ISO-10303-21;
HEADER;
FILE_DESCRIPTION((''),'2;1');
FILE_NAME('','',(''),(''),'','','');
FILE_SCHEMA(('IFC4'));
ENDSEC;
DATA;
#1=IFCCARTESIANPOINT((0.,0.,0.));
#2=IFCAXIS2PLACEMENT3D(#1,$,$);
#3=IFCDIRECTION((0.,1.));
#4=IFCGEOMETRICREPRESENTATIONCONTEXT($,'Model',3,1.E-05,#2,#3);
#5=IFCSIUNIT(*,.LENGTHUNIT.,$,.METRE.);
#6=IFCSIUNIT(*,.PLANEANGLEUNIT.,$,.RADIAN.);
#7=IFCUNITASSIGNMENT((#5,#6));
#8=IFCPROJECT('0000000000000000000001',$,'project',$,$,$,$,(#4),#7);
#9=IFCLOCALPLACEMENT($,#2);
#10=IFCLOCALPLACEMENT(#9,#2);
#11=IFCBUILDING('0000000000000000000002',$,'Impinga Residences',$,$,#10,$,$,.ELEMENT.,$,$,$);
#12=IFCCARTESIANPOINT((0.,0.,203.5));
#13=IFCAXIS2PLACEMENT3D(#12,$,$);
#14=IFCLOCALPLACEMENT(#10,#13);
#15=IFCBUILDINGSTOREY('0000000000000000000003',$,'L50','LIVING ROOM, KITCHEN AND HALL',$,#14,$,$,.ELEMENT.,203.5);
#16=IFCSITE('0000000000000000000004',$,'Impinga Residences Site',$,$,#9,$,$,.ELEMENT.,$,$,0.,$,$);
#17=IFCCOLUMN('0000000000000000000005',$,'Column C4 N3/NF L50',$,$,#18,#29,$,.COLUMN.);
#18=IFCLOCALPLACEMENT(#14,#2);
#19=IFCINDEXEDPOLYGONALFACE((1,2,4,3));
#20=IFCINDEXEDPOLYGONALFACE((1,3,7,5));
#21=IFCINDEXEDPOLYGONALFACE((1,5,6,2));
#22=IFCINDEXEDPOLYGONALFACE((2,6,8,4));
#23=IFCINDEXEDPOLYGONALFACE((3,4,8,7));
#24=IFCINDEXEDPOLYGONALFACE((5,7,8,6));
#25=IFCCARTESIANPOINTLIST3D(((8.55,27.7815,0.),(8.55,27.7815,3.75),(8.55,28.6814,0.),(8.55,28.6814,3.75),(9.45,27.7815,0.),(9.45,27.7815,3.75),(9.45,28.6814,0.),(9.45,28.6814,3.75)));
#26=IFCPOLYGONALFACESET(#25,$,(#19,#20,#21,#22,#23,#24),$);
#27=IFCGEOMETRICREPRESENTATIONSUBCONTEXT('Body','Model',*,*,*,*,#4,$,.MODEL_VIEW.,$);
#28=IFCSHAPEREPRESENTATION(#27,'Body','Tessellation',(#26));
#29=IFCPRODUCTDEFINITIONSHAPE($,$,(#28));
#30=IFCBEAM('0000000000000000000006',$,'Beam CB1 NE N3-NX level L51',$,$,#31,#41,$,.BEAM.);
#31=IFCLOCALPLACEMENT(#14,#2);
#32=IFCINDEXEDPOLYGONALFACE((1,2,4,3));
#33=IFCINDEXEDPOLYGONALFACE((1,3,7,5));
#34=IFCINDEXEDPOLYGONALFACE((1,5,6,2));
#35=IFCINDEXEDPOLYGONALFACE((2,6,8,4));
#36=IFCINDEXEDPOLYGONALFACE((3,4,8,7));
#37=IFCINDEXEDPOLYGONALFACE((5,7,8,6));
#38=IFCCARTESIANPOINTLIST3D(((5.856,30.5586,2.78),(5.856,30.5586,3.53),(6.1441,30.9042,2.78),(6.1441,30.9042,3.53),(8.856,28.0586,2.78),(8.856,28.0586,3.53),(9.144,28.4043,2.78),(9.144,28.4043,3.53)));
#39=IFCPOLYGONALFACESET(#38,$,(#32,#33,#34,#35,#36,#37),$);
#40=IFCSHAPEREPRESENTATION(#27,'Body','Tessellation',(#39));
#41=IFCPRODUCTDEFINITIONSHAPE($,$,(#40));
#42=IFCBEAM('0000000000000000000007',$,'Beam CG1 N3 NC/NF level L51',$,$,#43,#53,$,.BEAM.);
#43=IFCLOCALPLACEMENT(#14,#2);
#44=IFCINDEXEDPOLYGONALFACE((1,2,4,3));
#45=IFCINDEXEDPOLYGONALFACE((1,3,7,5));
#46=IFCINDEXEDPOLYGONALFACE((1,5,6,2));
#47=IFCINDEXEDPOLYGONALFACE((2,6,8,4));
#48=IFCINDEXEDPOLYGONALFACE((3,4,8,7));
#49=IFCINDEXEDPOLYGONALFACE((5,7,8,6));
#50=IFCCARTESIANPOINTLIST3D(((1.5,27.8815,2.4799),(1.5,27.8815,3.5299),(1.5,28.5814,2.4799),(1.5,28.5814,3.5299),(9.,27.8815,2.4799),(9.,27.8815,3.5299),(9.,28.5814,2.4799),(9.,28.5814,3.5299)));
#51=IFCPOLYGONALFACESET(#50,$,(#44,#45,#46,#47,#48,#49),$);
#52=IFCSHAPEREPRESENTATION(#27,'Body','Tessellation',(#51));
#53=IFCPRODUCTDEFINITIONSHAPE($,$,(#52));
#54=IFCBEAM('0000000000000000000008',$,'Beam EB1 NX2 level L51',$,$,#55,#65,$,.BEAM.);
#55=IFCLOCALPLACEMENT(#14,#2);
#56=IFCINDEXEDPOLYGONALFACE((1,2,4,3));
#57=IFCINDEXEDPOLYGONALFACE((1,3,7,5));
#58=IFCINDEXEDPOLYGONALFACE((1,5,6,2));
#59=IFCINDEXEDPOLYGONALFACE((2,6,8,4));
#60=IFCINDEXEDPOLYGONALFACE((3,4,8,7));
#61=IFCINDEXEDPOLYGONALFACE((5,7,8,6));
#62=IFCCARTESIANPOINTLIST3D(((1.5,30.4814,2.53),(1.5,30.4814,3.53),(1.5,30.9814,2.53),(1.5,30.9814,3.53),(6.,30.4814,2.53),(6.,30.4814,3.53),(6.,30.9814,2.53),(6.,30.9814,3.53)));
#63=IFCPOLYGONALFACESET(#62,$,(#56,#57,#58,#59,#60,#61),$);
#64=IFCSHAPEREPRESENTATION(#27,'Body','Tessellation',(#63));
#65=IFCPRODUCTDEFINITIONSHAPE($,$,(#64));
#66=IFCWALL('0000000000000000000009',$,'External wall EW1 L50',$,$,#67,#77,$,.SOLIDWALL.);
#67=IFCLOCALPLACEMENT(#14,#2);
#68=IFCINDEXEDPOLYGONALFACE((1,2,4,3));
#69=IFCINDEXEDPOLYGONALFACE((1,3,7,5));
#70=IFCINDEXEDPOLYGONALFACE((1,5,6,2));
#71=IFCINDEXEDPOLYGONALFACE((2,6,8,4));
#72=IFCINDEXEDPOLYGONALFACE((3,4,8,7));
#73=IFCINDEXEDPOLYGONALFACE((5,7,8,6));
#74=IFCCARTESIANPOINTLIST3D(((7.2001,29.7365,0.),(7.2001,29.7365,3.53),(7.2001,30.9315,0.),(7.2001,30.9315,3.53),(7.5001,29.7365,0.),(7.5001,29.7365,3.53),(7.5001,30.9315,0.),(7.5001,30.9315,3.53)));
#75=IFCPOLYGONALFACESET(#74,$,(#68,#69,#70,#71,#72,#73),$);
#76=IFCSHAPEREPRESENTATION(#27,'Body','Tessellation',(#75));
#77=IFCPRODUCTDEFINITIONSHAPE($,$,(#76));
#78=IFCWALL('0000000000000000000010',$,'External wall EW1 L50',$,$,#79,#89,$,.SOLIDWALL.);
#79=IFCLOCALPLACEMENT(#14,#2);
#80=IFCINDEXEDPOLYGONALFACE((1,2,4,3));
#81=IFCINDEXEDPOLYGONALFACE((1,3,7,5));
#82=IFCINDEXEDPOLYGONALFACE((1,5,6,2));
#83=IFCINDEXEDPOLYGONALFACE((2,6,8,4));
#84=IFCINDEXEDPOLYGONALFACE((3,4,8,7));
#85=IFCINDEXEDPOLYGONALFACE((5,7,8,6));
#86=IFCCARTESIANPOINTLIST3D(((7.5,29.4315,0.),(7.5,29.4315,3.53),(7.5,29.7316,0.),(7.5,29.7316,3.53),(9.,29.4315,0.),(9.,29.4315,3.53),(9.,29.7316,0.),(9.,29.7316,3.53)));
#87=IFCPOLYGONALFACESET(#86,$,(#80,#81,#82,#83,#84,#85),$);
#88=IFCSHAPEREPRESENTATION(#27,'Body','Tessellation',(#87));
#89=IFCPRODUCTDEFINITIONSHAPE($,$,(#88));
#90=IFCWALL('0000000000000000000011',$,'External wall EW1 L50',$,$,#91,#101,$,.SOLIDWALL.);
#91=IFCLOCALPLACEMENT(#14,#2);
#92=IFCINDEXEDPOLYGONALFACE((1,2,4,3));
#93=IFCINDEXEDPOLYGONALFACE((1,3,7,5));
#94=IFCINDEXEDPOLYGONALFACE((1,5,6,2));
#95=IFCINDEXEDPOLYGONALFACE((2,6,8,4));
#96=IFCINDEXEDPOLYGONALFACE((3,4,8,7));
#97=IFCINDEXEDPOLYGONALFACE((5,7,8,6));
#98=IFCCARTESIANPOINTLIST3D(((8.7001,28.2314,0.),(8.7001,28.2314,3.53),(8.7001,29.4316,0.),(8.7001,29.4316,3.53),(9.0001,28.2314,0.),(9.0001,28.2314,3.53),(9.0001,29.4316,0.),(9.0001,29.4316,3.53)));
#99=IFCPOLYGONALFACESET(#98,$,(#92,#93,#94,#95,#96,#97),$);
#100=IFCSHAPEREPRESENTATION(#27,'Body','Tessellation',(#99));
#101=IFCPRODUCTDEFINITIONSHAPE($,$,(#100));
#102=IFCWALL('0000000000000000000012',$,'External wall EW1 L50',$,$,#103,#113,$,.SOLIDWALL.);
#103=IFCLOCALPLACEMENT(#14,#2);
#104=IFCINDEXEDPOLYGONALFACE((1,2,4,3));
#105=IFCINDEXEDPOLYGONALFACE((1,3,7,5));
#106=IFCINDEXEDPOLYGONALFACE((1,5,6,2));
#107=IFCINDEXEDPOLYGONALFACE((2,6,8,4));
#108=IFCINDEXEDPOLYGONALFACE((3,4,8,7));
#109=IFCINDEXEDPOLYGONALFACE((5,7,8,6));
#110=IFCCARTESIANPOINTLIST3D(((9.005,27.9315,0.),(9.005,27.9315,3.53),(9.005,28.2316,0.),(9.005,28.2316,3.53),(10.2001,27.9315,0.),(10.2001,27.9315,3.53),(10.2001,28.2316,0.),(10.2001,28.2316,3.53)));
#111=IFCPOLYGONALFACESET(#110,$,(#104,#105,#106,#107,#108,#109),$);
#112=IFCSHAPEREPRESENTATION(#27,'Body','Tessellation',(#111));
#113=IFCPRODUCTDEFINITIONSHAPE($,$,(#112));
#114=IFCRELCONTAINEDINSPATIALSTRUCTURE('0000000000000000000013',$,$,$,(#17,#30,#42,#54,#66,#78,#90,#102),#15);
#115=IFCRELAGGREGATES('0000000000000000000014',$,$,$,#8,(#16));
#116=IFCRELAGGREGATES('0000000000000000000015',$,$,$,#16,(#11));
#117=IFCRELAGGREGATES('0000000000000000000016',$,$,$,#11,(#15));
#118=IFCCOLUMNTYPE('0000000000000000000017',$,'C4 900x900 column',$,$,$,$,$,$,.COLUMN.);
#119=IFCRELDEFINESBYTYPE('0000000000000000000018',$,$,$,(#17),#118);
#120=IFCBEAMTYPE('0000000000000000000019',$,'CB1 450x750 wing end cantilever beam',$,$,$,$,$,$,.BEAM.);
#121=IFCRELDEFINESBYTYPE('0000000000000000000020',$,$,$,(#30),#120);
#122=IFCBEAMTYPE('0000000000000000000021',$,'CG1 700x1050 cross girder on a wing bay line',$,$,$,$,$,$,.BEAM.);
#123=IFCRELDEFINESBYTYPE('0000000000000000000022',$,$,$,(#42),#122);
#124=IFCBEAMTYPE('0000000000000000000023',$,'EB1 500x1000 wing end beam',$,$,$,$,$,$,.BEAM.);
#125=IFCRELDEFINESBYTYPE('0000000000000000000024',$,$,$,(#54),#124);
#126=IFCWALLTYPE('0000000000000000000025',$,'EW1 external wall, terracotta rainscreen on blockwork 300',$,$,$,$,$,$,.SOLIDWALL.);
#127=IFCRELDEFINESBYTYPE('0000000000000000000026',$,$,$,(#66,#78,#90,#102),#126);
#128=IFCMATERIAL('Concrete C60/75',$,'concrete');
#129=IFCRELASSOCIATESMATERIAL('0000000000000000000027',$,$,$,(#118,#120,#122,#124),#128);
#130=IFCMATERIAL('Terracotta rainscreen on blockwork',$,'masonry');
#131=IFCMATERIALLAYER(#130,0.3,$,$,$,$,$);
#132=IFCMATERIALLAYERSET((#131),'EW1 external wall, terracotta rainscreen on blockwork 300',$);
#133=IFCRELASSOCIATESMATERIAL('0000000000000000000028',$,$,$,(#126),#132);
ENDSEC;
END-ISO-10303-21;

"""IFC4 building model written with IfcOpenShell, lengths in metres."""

from ifc_helpers import new_model, si_unit, direction, frame, frame_2d, origin, origin_2d, place, context, subcontext, project, spatial, rectangle, extrude, material, layer, layer_set, material_profile, profile_set, type_object, element, save


model = new_model("IFC4")

# Units and contexts
model_context = context("Model", 3, precision=1e-05, world=origin(), true_north=direction((0.0, 1.0)))
body_context = subcontext(model_context, "Body", "Model", "MODEL_VIEW")
ifc_project = project(units=[si_unit("LENGTHUNIT", "METRE"), si_unit("PLANEANGLEUNIT", "RADIAN")], contexts=[model_context])

# Site, building, storey
site_placement = place(None, origin())
site = spatial("IfcSite", under=ifc_project, at=site_placement, Name="Impinga Residences Site", CompositionType="ELEMENT", RefElevation=0.0)
building_placement = place(site_placement, origin())
building = spatial("IfcBuilding", under=site, at=building_placement, Name="Impinga Residences", CompositionType="ELEMENT")
storey_placement = place(building_placement, frame((0.0, 0.0, 203.5)))
storey = spatial("IfcBuildingStorey", under=building, at=storey_placement, Name="L50", Description="LIVING ROOM, KITCHEN AND HALL", CompositionType="ELEMENT", Elevation=203.5)

# Column
ifc_material_1 = material(Name="Concrete C60/75", Category="concrete")
ifc_material_profile_1 = material_profile(ifc_material_1, rectangle(XDim=0.8999, YDim=0.8999, at=origin_2d()), Name="RC 900x900")
ifc_profile_set_1 = profile_set([ifc_material_profile_1], Name="Concrete C60/75")
column_type = type_object("IfcColumnType", Name="C4 900x900 column", PredefinedType="COLUMN", material=ifc_profile_set_1)
column_placement = place(storey_placement, frame((9.0, 28.2314, 0.0), z_axis=(0.0, 0.0, 1.0), x_axis=(1.0, 0.0, 0.0)))
element("IfcColumn", 1, at=column_placement, inside=storey, type_object=column_type, Name="Column C4 N3/NF L50", PredefinedType="COLUMN", context=body_context, shape_type="SweptSolid", body=[
    extrude(rectangle(XDim=0.8999, YDim=0.8999, at=origin_2d()), origin(), (0.0, 0.0, 1.0), 3.75),
])

# Beams
ifc_material_profile_2 = material_profile(ifc_material_1, rectangle(XDim=0.45, YDim=0.75, at=origin_2d()), Name="RC 450x750")
ifc_profile_set_2 = profile_set([ifc_material_profile_2], Name="Concrete C60/75")
beam_type_1 = type_object("IfcBeamType", Name="CB1 450x750 wing end cantilever beam", PredefinedType="BEAM", material=ifc_profile_set_2)
beam_1_placement = place(storey_placement, frame((9.0, 28.2314, 3.155), z_axis=(-0.768221, 0.640184, 0.0), x_axis=(-0.640184, -0.768221, 0.0)))
element("IfcBeam", 2, at=beam_1_placement, inside=storey, type_object=beam_type_1, Name="Beam CB1 NE N3-NX level L51", PredefinedType="BEAM", context=body_context, shape_type="SweptSolid", body=[
    extrude(rectangle(XDim=0.45, YDim=0.75, at=origin_2d()), origin(), (0.0, 0.0, 1.0), 3.905),
])
ifc_material_profile_3 = material_profile(ifc_material_1, rectangle(XDim=0.7, YDim=1.05, at=origin_2d()), Name="RC 700x1050")
ifc_profile_set_3 = profile_set([ifc_material_profile_3], Name="Concrete C60/75")
beam_type_2 = type_object("IfcBeamType", Name="CG1 700x1050 cross girder on a wing bay line", PredefinedType="BEAM", material=ifc_profile_set_3)
beam_2_placement = place(storey_placement, frame((1.5, 28.2314, 3.0049), z_axis=(1.0, 0.0, 0.0), x_axis=(0.0, 1.0, 0.0)))
element("IfcBeam", 3, at=beam_2_placement, inside=storey, type_object=beam_type_2, Name="Beam CG1 N3 NC/NF level L51", PredefinedType="BEAM", context=body_context, shape_type="SweptSolid", body=[
    extrude(rectangle(XDim=0.7, YDim=1.05, at=origin_2d()), origin(), (0.0, 0.0, 1.0), 7.5),
])
ifc_material_profile_4 = material_profile(ifc_material_1, rectangle(XDim=0.5, YDim=1.0, at=origin_2d()), Name="RC 500x1000")
ifc_profile_set_4 = profile_set([ifc_material_profile_4], Name="Concrete C60/75")
beam_type_3 = type_object("IfcBeamType", Name="EB1 500x1000 wing end beam", PredefinedType="BEAM", material=ifc_profile_set_4)
beam_3_placement = place(storey_placement, frame((1.5, 30.7314, 3.03), z_axis=(1.0, 0.0, 0.0), x_axis=(0.0, 1.0, 0.0)))
element("IfcBeam", 4, at=beam_3_placement, inside=storey, type_object=beam_type_3, Name="Beam EB1 NX2 level L51", PredefinedType="BEAM", context=body_context, shape_type="SweptSolid", body=[
    extrude(rectangle(XDim=0.5, YDim=1.0, at=origin_2d()), origin(), (0.0, 0.0, 1.0), 4.5),
])

# Walls
ifc_material_2 = material(Name="Terracotta rainscreen on blockwork", Category="masonry")
ifc_layer_1 = layer(ifc_material_2, 0.3)
ifc_layer_set_1 = layer_set([ifc_layer_1], Name="EW1 external wall, terracotta rainscreen on blockwork 300")
wall_type_1 = type_object("IfcWallType", Name="EW1 external wall, terracotta rainscreen on blockwork 300", PredefinedType="SOLIDWALL", material=ifc_layer_set_1)
wall_1_placement = place(storey_placement, frame((7.3501, 30.9316, 0.0), z_axis=(0.0, 0.0, 1.0), x_axis=(0.0, -1.0, 0.0)))
element("IfcWall", 5, at=wall_1_placement, inside=storey, type_object=wall_type_1, Name="External wall EW1 L50", PredefinedType="SOLIDWALL", context=body_context, shape_type="SweptSolid", body=[
    extrude(rectangle(XDim=1.1951, YDim=0.3, at=frame_2d((0.5977, 0.0))), origin(), (0.0, 0.0, 1.0), 3.53),
])
wall_2_placement = place(storey_placement, frame((7.5, 29.5815, 0.0), z_axis=(0.0, 0.0, 1.0), x_axis=(1.0, 0.0, 0.0)))
element("IfcWall", 6, at=wall_2_placement, inside=storey, type_object=wall_type_1, Name="External wall EW1 L50", PredefinedType="SOLIDWALL", context=body_context, shape_type="SweptSolid", body=[
    extrude(rectangle(XDim=1.5, YDim=0.3, at=frame_2d((0.75, 0.0))), origin(), (0.0, 0.0, 1.0), 3.53),
])
wall_3_placement = place(storey_placement, frame((8.8501, 29.4316, 0.0), z_axis=(0.0, 0.0, 1.0), x_axis=(0.0, -1.0, 0.0)))
element("IfcWall", 7, at=wall_3_placement, inside=storey, type_object=wall_type_1, Name="External wall EW1 L50", PredefinedType="SOLIDWALL", context=body_context, shape_type="SweptSolid", body=[
    extrude(rectangle(XDim=1.2002, YDim=0.3, at=frame_2d((0.6001, 0.0))), origin(), (0.0, 0.0, 1.0), 3.53),
])
wall_4_placement = place(storey_placement, frame((9.0049, 28.0815, 0.0), z_axis=(0.0, 0.0, 1.0), x_axis=(1.0, 0.0, 0.0)))
element("IfcWall", 8, at=wall_4_placement, inside=storey, type_object=wall_type_1, Name="External wall EW1 L50", PredefinedType="SOLIDWALL", context=body_context, shape_type="SweptSolid", body=[
    extrude(rectangle(XDim=1.1951, YDim=0.3, at=frame_2d((0.5977, 0.0))), origin(), (0.0, 0.0, 1.0), 3.53),
])

save(model, "model.ifc")
